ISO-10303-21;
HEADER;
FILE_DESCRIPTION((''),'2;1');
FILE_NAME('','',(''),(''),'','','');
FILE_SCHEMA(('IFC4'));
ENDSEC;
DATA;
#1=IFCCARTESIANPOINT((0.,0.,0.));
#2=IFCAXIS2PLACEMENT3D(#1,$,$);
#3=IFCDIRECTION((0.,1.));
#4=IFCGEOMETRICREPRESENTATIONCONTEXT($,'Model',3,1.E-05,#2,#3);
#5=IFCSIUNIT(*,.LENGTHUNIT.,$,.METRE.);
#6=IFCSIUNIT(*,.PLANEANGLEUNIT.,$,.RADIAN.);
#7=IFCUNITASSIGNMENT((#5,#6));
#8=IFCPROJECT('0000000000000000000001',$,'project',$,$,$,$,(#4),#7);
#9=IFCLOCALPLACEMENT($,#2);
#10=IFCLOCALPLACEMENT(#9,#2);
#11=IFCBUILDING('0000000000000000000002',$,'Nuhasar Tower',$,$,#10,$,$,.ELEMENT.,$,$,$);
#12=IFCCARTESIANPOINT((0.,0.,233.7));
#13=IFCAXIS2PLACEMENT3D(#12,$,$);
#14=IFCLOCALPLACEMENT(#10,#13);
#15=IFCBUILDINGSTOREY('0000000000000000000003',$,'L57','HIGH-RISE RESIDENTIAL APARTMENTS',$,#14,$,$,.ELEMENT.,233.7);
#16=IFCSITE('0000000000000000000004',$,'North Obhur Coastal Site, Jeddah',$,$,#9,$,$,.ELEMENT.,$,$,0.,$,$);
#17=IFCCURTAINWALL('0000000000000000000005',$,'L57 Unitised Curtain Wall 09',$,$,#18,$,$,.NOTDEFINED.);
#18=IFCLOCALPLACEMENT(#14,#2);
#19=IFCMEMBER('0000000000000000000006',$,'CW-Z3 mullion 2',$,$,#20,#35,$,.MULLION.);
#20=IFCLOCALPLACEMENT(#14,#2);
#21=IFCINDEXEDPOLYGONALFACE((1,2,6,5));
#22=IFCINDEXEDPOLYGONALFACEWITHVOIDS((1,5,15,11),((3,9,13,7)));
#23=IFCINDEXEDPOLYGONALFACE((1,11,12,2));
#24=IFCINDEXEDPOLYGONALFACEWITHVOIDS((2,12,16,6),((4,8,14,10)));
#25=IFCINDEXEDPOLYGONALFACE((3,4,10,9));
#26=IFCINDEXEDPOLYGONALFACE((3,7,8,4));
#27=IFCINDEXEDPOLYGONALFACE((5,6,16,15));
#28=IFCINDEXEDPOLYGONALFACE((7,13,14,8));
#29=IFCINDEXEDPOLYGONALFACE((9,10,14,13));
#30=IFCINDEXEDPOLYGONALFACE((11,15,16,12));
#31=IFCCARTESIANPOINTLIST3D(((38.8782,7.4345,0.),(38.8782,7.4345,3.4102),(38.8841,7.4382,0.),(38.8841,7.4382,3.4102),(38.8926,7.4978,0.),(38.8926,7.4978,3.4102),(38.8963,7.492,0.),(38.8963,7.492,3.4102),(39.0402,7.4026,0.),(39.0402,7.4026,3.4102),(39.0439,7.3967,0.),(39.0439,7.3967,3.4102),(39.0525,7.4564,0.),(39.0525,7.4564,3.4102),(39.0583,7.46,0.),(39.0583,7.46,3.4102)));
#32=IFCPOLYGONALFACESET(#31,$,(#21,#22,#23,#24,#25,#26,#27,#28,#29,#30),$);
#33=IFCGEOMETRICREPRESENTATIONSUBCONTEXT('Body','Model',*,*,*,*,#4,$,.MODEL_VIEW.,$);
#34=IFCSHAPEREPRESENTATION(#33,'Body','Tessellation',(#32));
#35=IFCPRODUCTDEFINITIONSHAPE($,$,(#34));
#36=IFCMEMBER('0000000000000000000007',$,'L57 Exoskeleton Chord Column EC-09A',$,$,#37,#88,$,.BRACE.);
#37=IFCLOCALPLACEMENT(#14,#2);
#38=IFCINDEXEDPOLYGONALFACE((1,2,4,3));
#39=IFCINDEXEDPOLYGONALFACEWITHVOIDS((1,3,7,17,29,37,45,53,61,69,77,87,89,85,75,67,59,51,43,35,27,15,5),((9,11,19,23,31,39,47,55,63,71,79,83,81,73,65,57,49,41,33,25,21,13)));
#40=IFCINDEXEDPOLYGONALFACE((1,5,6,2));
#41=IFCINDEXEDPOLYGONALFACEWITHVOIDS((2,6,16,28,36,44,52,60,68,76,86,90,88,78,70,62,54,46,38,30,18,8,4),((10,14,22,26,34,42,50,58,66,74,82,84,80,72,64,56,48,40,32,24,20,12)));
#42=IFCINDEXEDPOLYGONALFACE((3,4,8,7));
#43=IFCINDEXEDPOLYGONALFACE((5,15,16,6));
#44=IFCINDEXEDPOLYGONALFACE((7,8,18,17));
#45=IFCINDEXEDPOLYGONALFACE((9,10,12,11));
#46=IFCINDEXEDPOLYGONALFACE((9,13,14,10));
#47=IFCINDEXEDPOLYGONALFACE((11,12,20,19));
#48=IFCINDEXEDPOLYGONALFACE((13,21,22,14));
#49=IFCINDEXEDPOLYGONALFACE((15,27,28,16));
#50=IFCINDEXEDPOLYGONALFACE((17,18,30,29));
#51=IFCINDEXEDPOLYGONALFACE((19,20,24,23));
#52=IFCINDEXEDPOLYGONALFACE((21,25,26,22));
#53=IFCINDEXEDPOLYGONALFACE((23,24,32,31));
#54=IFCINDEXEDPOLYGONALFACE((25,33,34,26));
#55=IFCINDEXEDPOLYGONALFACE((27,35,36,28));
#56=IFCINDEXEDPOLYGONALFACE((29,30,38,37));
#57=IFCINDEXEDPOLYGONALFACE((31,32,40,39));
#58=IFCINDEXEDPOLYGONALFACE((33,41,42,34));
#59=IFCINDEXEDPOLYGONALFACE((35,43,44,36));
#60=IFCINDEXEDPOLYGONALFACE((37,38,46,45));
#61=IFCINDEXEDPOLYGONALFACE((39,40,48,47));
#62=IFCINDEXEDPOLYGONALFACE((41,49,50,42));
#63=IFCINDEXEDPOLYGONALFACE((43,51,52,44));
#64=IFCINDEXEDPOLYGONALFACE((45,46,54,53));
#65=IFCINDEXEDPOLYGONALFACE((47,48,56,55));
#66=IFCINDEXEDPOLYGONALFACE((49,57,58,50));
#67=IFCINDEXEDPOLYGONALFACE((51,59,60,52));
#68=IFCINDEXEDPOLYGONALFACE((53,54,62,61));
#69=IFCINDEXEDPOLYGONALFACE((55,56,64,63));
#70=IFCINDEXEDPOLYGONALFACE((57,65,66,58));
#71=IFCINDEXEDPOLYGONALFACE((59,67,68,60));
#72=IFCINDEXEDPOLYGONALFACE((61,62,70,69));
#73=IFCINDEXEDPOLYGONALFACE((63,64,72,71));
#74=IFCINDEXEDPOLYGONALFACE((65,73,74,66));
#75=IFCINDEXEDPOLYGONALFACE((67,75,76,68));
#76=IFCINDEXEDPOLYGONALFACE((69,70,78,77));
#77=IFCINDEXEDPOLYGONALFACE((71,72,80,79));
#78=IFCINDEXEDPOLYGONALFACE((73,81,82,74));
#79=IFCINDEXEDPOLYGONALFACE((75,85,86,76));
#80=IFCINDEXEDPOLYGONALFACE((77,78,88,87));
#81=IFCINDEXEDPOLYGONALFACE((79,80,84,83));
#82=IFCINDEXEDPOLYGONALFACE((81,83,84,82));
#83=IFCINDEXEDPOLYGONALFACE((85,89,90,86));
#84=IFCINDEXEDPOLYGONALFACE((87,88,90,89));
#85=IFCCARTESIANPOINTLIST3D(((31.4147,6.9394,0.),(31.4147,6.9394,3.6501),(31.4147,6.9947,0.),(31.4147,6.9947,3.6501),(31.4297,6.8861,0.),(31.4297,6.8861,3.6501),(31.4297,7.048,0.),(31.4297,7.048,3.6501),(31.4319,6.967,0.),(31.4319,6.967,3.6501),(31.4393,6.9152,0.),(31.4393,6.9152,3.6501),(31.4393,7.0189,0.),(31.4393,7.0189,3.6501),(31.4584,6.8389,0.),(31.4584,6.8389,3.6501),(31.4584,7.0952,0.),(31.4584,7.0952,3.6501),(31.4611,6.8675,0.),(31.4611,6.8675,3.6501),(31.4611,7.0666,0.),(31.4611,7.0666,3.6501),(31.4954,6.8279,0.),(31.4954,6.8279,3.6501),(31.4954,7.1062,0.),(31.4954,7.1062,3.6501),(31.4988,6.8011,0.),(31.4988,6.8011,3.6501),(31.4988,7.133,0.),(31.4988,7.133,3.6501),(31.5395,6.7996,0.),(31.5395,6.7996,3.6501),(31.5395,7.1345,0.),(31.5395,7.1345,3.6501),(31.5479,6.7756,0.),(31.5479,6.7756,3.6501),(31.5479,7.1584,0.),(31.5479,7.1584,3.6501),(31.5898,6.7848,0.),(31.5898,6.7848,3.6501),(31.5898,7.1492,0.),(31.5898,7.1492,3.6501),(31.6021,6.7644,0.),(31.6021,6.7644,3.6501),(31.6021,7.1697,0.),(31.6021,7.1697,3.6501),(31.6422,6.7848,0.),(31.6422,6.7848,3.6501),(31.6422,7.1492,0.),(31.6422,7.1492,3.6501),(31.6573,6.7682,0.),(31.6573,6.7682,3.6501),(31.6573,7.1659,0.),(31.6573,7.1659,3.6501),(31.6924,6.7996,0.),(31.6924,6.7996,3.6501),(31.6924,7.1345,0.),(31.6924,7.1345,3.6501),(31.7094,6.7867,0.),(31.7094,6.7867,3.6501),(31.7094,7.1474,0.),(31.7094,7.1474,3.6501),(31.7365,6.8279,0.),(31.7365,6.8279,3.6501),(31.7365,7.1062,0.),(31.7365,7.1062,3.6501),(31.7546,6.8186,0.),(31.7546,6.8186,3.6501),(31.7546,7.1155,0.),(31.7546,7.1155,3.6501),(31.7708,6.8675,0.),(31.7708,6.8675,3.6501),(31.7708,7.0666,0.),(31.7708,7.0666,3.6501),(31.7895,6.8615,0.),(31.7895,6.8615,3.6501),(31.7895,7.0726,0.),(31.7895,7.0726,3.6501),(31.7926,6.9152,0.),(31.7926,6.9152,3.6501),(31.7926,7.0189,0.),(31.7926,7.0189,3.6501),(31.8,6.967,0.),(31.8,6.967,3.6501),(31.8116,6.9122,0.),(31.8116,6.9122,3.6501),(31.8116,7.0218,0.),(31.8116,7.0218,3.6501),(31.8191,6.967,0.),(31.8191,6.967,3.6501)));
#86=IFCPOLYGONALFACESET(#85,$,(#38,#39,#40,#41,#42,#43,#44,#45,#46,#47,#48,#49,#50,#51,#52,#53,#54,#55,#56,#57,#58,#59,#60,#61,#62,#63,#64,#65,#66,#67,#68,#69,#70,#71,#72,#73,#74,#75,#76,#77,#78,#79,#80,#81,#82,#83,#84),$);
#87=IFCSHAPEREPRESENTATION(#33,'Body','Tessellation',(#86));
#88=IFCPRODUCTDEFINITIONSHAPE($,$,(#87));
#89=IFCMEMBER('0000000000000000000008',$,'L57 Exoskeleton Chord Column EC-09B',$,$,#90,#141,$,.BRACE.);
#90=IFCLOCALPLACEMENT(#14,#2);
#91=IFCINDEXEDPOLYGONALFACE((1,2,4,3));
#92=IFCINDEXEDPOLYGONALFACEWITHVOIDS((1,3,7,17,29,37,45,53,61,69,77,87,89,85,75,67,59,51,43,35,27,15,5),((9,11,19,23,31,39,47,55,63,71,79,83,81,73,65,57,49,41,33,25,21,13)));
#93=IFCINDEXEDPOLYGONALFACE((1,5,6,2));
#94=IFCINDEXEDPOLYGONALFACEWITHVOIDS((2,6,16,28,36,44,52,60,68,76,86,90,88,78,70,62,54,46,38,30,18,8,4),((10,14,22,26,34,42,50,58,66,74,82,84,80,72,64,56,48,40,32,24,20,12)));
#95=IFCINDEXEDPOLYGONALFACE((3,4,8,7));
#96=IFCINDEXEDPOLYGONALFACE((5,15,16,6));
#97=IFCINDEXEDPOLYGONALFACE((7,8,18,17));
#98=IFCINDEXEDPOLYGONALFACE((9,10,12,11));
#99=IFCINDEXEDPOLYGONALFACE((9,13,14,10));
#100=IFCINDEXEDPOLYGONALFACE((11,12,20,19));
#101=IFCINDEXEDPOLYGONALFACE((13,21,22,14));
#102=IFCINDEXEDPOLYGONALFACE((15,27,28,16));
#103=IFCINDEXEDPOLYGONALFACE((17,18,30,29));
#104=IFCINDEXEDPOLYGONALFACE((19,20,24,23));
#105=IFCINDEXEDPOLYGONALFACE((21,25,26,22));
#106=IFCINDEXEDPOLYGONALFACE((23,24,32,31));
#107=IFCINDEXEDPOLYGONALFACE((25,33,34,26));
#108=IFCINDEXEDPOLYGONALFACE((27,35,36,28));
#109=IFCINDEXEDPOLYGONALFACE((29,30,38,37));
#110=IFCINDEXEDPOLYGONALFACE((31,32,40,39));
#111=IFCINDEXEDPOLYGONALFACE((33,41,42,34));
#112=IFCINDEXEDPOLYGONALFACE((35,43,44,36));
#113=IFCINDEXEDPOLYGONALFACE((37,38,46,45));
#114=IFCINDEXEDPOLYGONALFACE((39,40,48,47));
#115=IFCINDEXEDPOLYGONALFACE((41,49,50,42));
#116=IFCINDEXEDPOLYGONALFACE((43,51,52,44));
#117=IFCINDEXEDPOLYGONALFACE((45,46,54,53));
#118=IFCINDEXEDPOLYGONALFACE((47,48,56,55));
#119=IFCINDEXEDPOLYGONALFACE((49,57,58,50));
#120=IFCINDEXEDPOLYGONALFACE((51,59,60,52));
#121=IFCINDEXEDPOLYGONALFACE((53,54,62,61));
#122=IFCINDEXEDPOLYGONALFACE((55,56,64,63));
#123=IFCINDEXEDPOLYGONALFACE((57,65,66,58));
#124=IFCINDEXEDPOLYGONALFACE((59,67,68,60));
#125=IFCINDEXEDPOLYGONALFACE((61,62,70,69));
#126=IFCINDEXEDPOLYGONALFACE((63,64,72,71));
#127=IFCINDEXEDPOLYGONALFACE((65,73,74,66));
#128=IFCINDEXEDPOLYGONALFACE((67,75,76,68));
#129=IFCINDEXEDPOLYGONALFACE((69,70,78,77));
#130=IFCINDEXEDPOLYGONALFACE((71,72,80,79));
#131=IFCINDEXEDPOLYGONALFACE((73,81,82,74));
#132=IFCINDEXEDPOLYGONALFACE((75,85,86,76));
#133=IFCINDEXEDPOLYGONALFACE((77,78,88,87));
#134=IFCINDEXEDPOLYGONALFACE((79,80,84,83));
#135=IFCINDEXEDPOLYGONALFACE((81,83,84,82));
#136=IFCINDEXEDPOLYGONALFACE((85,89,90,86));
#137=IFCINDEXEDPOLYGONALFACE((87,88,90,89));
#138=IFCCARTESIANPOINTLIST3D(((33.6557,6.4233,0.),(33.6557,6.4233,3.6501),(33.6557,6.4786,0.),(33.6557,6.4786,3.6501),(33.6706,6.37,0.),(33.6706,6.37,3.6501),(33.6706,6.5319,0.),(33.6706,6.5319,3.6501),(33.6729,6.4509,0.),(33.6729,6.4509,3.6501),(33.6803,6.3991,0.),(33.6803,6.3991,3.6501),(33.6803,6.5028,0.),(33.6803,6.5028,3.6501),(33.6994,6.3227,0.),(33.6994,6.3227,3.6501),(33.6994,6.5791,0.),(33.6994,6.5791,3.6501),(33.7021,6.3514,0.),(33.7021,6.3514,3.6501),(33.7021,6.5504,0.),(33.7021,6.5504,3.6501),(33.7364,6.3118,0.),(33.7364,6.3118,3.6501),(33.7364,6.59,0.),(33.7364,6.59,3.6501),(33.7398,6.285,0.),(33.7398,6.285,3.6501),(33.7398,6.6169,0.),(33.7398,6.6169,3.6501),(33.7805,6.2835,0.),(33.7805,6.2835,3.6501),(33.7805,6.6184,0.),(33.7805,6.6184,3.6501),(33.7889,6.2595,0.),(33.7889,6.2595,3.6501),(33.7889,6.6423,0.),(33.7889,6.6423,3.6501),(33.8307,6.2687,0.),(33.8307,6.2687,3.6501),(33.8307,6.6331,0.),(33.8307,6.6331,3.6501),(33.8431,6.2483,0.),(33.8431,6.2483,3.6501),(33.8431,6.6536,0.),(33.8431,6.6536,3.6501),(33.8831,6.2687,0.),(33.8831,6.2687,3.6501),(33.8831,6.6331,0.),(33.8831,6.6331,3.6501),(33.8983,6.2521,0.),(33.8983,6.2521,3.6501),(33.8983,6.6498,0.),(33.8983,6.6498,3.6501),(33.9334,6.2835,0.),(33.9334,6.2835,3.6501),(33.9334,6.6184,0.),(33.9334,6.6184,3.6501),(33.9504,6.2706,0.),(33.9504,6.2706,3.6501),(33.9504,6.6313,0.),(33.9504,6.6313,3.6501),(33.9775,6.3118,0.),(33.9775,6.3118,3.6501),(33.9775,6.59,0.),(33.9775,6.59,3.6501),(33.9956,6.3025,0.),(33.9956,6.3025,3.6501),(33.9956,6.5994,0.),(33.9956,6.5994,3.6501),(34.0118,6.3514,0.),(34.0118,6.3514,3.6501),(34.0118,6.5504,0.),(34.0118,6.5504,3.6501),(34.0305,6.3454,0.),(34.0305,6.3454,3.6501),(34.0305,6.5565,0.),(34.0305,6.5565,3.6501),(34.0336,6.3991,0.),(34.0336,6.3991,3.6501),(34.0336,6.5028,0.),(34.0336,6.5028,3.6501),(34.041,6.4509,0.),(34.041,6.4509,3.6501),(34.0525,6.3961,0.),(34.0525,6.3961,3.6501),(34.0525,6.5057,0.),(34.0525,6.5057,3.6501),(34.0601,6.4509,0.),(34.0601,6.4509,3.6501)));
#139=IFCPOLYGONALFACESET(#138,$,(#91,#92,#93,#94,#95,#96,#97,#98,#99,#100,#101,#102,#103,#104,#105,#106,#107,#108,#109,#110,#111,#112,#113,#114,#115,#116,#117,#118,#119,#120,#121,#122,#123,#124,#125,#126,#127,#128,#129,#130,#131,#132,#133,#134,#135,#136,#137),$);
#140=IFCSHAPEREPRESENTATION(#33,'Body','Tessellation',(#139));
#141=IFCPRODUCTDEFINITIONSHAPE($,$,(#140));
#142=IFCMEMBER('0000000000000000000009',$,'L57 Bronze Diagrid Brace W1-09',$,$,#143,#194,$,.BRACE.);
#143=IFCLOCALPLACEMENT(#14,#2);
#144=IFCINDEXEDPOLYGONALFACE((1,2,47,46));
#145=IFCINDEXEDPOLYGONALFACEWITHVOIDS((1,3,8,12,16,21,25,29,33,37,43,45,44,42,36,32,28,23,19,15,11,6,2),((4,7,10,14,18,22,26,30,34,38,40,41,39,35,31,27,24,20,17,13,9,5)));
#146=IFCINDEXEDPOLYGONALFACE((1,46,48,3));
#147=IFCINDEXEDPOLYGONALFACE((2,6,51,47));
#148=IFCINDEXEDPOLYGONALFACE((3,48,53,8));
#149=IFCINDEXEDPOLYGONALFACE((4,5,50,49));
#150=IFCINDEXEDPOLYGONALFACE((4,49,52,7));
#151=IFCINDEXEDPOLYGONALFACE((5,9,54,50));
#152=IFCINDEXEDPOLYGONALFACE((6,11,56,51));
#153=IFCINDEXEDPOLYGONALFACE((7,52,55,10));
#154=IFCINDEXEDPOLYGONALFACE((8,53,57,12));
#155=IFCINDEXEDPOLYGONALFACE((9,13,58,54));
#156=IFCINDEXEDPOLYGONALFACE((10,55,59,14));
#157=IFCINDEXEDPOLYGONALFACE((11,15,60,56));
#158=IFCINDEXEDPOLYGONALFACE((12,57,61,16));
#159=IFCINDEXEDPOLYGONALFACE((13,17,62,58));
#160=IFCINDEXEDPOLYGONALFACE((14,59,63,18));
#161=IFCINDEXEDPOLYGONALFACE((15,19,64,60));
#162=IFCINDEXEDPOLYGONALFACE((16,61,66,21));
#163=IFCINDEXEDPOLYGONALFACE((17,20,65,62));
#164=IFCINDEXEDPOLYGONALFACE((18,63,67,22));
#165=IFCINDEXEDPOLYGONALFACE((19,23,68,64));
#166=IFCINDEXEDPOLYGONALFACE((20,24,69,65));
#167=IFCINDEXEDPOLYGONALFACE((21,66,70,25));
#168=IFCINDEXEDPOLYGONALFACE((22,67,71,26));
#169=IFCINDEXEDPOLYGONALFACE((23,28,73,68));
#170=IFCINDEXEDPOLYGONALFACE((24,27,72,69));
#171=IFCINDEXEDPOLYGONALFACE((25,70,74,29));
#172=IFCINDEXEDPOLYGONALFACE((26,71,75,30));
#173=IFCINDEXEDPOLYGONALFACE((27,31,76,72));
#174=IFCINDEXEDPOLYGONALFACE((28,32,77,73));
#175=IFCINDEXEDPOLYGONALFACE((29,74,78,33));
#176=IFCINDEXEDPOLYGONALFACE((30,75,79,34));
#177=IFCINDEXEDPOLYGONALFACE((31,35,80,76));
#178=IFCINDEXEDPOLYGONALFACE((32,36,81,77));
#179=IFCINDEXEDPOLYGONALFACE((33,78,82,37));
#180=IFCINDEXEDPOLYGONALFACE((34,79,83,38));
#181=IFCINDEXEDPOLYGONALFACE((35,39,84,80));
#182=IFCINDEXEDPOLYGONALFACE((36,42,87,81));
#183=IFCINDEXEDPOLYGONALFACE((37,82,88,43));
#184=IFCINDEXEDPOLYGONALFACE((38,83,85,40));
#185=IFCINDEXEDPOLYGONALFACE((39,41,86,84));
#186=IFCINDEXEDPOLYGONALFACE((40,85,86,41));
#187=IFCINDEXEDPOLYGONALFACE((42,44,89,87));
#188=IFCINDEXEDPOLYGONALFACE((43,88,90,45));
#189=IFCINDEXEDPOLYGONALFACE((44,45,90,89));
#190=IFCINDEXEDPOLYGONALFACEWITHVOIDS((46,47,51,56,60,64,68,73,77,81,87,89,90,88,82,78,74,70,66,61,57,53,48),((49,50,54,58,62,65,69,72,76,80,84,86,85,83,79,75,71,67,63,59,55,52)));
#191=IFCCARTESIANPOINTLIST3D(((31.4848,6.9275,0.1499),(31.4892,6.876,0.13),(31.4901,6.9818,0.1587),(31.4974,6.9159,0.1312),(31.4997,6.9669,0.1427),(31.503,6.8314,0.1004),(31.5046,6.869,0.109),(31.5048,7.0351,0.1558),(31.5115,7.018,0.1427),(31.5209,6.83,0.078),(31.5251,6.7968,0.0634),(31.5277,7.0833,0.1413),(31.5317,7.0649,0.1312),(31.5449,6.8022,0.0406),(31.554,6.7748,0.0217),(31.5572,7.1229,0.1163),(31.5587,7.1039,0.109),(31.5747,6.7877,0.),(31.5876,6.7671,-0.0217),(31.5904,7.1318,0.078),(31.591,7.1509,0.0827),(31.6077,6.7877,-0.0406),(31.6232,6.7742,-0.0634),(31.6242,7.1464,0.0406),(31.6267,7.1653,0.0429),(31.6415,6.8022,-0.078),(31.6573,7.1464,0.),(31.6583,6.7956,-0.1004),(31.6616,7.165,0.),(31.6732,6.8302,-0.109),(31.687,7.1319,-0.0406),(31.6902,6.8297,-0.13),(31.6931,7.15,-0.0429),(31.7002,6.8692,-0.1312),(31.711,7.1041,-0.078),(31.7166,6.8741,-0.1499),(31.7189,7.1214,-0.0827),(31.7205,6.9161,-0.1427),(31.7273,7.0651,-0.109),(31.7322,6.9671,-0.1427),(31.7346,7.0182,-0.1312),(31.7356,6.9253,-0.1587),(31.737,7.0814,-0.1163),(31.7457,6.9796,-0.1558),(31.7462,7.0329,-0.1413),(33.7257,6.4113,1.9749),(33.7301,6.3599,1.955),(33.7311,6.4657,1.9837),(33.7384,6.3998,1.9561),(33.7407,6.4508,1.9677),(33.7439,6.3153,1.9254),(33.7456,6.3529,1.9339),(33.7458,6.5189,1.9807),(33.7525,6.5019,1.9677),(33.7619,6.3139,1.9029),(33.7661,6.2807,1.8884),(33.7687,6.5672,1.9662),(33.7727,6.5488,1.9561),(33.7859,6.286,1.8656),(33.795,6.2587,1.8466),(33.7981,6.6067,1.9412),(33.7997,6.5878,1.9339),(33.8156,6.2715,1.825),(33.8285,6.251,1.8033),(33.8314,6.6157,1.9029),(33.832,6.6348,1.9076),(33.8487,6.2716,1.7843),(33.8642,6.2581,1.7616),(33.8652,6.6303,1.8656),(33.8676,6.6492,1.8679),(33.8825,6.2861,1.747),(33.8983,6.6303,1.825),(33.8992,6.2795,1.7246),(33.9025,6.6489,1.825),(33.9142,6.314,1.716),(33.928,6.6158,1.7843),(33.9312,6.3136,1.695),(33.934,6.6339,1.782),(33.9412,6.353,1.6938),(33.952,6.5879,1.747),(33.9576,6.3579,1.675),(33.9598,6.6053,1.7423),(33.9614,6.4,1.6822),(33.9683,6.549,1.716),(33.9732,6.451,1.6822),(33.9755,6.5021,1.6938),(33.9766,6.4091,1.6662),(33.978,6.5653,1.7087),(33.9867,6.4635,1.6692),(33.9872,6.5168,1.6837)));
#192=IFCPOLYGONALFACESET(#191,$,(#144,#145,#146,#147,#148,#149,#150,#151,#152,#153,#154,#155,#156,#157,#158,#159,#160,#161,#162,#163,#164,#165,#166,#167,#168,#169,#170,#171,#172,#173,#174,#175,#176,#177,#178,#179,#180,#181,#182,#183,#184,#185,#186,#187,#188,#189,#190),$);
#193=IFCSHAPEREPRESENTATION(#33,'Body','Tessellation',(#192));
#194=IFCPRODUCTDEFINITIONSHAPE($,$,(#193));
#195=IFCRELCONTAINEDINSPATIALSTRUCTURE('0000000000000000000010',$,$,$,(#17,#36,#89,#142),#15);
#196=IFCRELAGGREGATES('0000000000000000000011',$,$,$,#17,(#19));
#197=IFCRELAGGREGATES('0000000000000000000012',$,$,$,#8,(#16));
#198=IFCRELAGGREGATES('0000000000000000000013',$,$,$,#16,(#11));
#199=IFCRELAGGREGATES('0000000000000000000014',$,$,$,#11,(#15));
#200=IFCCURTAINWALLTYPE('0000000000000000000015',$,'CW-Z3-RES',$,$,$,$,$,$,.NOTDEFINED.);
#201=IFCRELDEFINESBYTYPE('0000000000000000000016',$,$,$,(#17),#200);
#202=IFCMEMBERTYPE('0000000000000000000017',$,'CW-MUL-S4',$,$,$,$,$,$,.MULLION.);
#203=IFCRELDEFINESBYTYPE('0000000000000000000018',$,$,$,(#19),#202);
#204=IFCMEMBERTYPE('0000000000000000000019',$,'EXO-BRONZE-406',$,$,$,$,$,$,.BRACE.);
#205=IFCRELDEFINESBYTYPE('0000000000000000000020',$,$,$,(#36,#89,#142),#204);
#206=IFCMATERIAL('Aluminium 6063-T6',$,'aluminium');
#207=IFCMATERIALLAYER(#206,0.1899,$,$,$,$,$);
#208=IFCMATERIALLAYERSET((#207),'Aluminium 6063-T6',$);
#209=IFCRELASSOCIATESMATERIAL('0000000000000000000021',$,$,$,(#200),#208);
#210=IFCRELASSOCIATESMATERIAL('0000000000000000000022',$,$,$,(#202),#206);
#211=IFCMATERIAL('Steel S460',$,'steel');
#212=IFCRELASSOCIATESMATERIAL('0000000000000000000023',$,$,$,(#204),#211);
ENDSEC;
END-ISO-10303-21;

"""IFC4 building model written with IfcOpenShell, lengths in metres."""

from ifc_helpers import new_model, si_unit, direction, frame, origin, origin_2d, place, context, subcontext, project, spatial, hollow_rectangle, hollow_circle, extrude, material, layer, layer_set, material_profile, profile_set, type_object, element, aggregate, save


model = new_model("IFC4")

# Units and contexts
model_context = context("Model", 3, precision=1e-05, world=origin(), true_north=direction((0.0, 1.0)))
body_context = subcontext(model_context, "Body", "Model", "MODEL_VIEW")
ifc_project = project(units=[si_unit("LENGTHUNIT", "METRE"), si_unit("PLANEANGLEUNIT", "RADIAN")], contexts=[model_context])

# Site, building, storey
site_placement = place(None, origin())
site = spatial("IfcSite", under=ifc_project, at=site_placement, Name="North Obhur Coastal Site, Jeddah", CompositionType="ELEMENT", RefElevation=0.0)
building_placement = place(site_placement, origin())
building = spatial("IfcBuilding", under=site, at=building_placement, Name="Nuhasar Tower", CompositionType="ELEMENT")
storey_placement = place(building_placement, frame((0.0, 0.0, 233.7)))
storey = spatial("IfcBuildingStorey", under=building, at=storey_placement, Name="L57", Description="HIGH-RISE RESIDENTIAL APARTMENTS", CompositionType="ELEMENT", Elevation=233.7)

# Curtain wall, member
ifc_material_1 = material(Name="Aluminium 6063-T6", Category="aluminium")
ifc_layer_1 = layer(ifc_material_1, 0.1899)
ifc_layer_set_1 = layer_set([ifc_layer_1], Name="Aluminium 6063-T6")
curtain_wall_type = type_object("IfcCurtainWallType", Name="CW-Z3-RES", PredefinedType="NOTDEFINED", material=ifc_layer_set_1)
curtain_wall_placement = place(storey_placement, origin())
curtain_wall = element("IfcCurtainWall", 1, at=curtain_wall_placement, inside=storey, type_object=curtain_wall_type, Name="L57 Unitised Curtain Wall 09", PredefinedType="NOTDEFINED")
ifc_material_profile_1 = material_profile(ifc_material_1, hollow_rectangle(XDim=0.0649, YDim=0.1699, WallThickness=0.0049, at=origin_2d()), Name="CWM-4")
ifc_profile_set_1 = profile_set([ifc_material_profile_1], Name="Aluminium 6063-T6")
member_type_1 = type_object("IfcMemberType", Name="CW-MUL-S4", PredefinedType="MULLION", material=ifc_profile_set_1)
member_1_placement = place(storey_placement, frame((38.9683, 7.4473, 0.0), z_axis=(0.0, 0.0, 1.0), x_axis=(0.222243, 0.974991, 0.0)))
member_1 = element("IfcMember", 2, at=member_1_placement, type_object=member_type_1, Name="CW-Z3 mullion 2", PredefinedType="MULLION", context=body_context, shape_type="SweptSolid", body=[
    extrude(hollow_rectangle(XDim=0.0649, YDim=0.1699, WallThickness=0.0049, at=origin_2d()), origin(), (0.0, 0.0, 1.0), 3.4102),
])

# Members
ifc_material_2 = material(Name="Steel S460", Category="steel")
ifc_material_profile_2 = material_profile(ifc_material_2, hollow_circle(Radius=0.2031, WallThickness=0.019, at=origin_2d()), Name="HSS406.4X19.1")
ifc_profile_set_2 = profile_set([ifc_material_profile_2], Name="Steel S460")
member_type_2 = type_object("IfcMemberType", Name="EXO-BRONZE-406", PredefinedType="BRACE", material=ifc_profile_set_2)
for number, where, z_axis, x_axis, name in (
    (3, (31.616, 6.967, 0.0), (0.0, 0.0, 1.0), (1.0, 0.0, 0.0), "L57 Exoskeleton Chord Column EC-09A"),
    (4, (33.8569, 6.4509, 0.0), (0.0, 0.0, 1.0), (1.0, 0.0, 0.0), "L57 Exoskeleton Chord Column EC-09B"),
):
    element("IfcMember", number, at=place(storey_placement, frame(where, z_axis=z_axis, x_axis=x_axis)), inside=storey, type_object=member_type_2, Name=name, PredefinedType="BRACE", context=body_context, shape_type="SweptSolid", body=[
        extrude(hollow_circle(Radius=0.2031, WallThickness=0.019, at=origin_2d()), origin(), (0.0, 0.0, 1.0), 3.6501),
    ])
member_2_placement = place(storey_placement, frame((31.616, 6.967, 0.0), z_axis=(0.763332, -0.175802, 0.621626), x_axis=(0.224433, 0.97449, 0.0)))
element("IfcMember", 5, at=member_2_placement, inside=storey, type_object=member_type_2, Name="L57 Bronze Diagrid Brace W1-09", PredefinedType="BRACE", context=body_context, shape_type="SweptSolid", body=[
    extrude(hollow_circle(Radius=0.2031, WallThickness=0.019, at=origin_2d()), origin(), (0.0, 0.0, 1.0), 2.9358),
])

aggregate(curtain_wall, [member_1])

save(model, "model.ifc")
